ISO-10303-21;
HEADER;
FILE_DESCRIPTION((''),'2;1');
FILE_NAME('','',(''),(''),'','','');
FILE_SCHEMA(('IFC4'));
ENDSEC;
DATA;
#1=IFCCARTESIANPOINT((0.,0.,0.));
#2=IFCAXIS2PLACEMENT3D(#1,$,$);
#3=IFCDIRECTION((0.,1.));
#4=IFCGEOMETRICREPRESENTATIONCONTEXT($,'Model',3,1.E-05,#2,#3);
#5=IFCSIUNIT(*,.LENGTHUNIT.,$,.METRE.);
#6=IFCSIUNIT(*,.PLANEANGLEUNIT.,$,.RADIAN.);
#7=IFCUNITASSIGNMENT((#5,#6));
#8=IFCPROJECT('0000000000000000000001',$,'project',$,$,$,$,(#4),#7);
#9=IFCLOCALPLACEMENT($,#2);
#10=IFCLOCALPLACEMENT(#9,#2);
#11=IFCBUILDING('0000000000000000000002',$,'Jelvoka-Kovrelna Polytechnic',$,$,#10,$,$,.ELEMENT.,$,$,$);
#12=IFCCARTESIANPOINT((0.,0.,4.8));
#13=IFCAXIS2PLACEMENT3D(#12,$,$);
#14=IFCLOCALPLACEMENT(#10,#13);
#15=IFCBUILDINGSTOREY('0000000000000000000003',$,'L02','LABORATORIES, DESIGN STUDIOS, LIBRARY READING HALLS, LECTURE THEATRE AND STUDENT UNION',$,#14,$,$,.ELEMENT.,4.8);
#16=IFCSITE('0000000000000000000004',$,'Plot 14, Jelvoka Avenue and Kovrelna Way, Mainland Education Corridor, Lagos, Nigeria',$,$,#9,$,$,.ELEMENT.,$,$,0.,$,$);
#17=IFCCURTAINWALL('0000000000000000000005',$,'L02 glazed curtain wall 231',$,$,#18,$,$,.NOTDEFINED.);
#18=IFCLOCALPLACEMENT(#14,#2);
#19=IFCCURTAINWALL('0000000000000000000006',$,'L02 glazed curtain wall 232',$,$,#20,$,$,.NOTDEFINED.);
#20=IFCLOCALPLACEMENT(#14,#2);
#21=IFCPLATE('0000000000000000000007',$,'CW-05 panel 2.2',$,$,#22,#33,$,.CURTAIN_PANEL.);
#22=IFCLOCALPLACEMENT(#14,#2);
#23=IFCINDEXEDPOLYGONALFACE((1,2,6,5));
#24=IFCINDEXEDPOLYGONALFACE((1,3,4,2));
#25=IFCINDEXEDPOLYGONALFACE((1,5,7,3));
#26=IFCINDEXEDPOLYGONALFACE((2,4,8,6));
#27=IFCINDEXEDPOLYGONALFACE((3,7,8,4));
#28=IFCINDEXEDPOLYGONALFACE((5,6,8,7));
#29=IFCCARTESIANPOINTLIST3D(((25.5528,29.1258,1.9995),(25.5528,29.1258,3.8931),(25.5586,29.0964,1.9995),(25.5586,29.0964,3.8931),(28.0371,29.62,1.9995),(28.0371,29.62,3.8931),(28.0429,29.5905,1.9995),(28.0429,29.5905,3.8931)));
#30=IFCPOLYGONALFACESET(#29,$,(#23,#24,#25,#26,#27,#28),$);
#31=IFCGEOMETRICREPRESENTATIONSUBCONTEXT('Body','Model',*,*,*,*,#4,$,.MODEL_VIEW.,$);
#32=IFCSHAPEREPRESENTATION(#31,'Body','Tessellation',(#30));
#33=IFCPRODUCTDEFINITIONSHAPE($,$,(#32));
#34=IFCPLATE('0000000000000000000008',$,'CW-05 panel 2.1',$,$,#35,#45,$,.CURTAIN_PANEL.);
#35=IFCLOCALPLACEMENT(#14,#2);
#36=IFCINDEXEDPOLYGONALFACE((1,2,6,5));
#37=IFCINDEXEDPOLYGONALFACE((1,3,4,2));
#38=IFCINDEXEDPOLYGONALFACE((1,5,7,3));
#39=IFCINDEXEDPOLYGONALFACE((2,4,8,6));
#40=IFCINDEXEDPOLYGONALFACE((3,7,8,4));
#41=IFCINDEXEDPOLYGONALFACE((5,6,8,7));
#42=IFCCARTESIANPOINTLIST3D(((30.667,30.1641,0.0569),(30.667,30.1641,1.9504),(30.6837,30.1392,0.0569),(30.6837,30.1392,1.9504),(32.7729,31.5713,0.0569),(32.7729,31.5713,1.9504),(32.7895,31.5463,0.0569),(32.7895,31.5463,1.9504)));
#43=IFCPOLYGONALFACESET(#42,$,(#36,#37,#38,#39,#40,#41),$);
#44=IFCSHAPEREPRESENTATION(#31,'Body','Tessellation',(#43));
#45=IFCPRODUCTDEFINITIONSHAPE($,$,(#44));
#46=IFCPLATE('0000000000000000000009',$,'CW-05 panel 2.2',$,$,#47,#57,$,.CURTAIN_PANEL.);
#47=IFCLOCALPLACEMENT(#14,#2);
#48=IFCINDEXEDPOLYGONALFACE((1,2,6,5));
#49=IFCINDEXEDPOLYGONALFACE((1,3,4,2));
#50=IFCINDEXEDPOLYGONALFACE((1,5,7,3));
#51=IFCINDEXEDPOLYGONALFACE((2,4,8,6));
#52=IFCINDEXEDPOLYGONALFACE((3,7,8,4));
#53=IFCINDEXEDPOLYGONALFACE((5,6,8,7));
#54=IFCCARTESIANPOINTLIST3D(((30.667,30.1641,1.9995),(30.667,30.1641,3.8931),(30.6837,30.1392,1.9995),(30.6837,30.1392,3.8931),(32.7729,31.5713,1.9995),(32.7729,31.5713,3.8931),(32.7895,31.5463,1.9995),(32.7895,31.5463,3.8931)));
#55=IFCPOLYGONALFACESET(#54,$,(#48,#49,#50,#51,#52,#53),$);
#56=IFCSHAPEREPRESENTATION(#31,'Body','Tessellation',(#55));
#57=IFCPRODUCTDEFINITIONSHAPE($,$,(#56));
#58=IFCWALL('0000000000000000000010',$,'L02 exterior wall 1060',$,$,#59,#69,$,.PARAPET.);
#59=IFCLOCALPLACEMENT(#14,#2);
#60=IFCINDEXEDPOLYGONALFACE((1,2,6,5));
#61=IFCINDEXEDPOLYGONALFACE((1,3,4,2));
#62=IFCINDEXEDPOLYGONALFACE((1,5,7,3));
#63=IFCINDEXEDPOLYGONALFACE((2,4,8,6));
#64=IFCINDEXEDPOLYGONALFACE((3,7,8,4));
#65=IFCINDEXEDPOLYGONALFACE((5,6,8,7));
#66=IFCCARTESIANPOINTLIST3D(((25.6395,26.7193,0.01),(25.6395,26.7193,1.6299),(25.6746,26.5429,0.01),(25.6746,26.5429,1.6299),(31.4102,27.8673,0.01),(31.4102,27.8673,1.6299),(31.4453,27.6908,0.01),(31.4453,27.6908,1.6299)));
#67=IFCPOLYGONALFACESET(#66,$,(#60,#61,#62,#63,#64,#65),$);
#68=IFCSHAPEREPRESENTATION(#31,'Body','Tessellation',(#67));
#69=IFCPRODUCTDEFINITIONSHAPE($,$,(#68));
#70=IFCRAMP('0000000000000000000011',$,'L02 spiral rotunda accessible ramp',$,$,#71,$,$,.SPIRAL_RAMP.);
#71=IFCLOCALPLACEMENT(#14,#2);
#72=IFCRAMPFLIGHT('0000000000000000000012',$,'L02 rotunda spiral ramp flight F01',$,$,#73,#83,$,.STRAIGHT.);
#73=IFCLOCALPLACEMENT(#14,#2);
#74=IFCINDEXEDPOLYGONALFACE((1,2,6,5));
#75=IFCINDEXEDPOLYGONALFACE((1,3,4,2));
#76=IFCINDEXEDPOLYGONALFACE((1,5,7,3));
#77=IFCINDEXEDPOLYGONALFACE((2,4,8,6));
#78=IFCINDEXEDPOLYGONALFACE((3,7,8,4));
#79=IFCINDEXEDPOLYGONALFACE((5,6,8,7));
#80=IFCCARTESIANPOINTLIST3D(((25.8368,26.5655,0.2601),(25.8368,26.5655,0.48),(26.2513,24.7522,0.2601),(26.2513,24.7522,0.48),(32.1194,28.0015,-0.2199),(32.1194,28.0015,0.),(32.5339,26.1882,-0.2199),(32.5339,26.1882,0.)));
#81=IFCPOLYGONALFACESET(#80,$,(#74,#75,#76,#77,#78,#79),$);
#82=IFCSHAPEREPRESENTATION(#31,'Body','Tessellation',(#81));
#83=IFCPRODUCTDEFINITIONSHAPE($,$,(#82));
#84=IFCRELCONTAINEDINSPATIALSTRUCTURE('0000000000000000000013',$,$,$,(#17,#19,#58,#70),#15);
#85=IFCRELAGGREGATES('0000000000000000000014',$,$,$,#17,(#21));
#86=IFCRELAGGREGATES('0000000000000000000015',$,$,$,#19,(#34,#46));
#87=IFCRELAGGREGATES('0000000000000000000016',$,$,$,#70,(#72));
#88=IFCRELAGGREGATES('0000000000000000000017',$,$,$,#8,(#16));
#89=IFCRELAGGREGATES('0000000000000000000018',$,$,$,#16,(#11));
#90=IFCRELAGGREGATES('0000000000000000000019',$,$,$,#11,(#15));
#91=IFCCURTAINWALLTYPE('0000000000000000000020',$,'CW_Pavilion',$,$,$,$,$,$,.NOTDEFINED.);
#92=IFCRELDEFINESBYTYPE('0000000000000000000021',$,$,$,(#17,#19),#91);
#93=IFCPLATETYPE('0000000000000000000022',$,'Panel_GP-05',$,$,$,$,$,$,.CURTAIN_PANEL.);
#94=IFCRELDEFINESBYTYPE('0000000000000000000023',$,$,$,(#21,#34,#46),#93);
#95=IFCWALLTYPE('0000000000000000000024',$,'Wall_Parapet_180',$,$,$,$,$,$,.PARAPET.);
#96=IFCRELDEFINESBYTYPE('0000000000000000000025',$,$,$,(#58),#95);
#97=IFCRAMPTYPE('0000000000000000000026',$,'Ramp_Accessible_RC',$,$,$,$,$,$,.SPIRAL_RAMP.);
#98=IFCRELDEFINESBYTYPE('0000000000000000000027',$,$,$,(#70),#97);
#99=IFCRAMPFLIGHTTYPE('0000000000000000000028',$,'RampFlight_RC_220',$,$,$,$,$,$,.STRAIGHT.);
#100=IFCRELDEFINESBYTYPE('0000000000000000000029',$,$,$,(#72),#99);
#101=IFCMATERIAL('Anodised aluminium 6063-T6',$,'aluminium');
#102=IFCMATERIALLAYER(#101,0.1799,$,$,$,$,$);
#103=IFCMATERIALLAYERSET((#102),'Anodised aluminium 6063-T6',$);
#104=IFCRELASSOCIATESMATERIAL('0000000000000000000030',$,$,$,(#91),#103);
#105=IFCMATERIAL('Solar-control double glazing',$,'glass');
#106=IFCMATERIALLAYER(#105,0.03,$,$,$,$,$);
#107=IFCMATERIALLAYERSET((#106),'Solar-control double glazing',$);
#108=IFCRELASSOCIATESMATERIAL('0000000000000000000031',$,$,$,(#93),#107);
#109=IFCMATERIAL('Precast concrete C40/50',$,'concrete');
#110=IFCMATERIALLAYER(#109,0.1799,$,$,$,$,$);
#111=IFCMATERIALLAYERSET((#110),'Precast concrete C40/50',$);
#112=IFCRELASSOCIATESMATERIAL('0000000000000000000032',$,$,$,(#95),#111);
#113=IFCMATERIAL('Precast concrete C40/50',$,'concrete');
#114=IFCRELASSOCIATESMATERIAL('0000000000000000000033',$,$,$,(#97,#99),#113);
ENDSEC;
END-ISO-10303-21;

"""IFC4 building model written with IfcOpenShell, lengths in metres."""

from ifc_helpers import new_model, si_unit, direction, frame, frame_2d, origin, origin_2d, place, context, subcontext, project, spatial, polyline, rectangle, outline, extrude, material, layer, layer_set, type_object, element, aggregate, save


model = new_model("IFC4")

# Units and contexts
model_context = context("Model", 3, precision=1e-05, world=origin(), true_north=direction((0.0, 1.0)))
body_context = subcontext(model_context, "Body", "Model", "MODEL_VIEW")
ifc_project = project(units=[si_unit("LENGTHUNIT", "METRE"), si_unit("PLANEANGLEUNIT", "RADIAN")], contexts=[model_context])

# Site, building, storey
site_placement = place(None, origin())
site = spatial("IfcSite", under=ifc_project, at=site_placement, Name="Plot 14, Jelvoka Avenue and Kovrelna Way, Mainland Education Corridor, Lagos, Nigeria", CompositionType="ELEMENT", RefElevation=0.0)
building_placement = place(site_placement, origin())
building = spatial("IfcBuilding", under=site, at=building_placement, Name="Jelvoka-Kovrelna Polytechnic", CompositionType="ELEMENT")
storey_placement = place(building_placement, frame((0.0, 0.0, 4.8)))
storey = spatial("IfcBuildingStorey", under=building, at=storey_placement, Name="L02", Description="LABORATORIES, DESIGN STUDIOS, LIBRARY READING HALLS, LECTURE THEATRE AND STUDENT UNION", CompositionType="ELEMENT", Elevation=4.8)

# Curtain wall
ifc_material_1 = material(Name="Anodised aluminium 6063-T6", Category="aluminium")
ifc_layer_1 = layer(ifc_material_1, 0.1799)
ifc_layer_set_1 = layer_set([ifc_layer_1], Name="Anodised aluminium 6063-T6")
curtain_wall_type = type_object("IfcCurtainWallType", Name="CW_Pavilion", PredefinedType="NOTDEFINED", material=ifc_layer_set_1)
curtain_wall_1_placement = place(storey_placement, origin())
curtain_wall_1 = element("IfcCurtainWall", 1, at=curtain_wall_1_placement, inside=storey, type_object=curtain_wall_type, Name="L02 glazed curtain wall 231", PredefinedType="NOTDEFINED")

# Curtain wall
curtain_wall_2_placement = place(storey_placement, origin())
curtain_wall_2 = element("IfcCurtainWall", 2, at=curtain_wall_2_placement, inside=storey, type_object=curtain_wall_type, Name="L02 glazed curtain wall 232", PredefinedType="NOTDEFINED")

# Plates
ifc_material_2 = material(Name="Solar-control double glazing", Category="glass")
ifc_layer_2 = layer(ifc_material_2, 0.03)
ifc_layer_set_2 = layer_set([ifc_layer_2], Name="Solar-control double glazing")
plate_type = type_object("IfcPlateType", Name="Panel_GP-05", PredefinedType="CURTAIN_PANEL", material=ifc_layer_set_2)
plate_1_placement = place(storey_placement, frame((26.7979, 29.3582, 1.9995), z_axis=(0.0, 0.0, 1.0), x_axis=(-0.980786, -0.195086, 0.0)))
plate_1 = element("IfcPlate", 3, at=plate_1_placement, type_object=plate_type, Name="CW-05 panel 2.2", PredefinedType="CURTAIN_PANEL", context=body_context, shape_type="SweptSolid", body=[
    extrude(rectangle(XDim=2.533, YDim=0.03, at=origin_2d()), origin(), (0.0, 0.0, 1.0), 1.8936),
])
aggregate(curtain_wall_1, [plate_1])
plate_2_placement = place(storey_placement, frame((31.7283, 30.8552, 0.0569), z_axis=(0.0, 0.0, 1.0), x_axis=(-0.831461, -0.555583, 0.0)))
plate_2 = element("IfcPlate", 4, at=plate_2_placement, type_object=plate_type, Name="CW-05 panel 2.1", PredefinedType="CURTAIN_PANEL", context=body_context, shape_type="SweptSolid", body=[
    extrude(rectangle(XDim=2.5327, YDim=0.03, at=origin_2d()), origin(), (0.0, 0.0, 1.0), 1.8936),
])
plate_3_placement = place(storey_placement, frame((31.7283, 30.8552, 1.9995), z_axis=(0.0, 0.0, 1.0), x_axis=(-0.831461, -0.555583, 0.0)))
plate_3 = element("IfcPlate", 5, at=plate_3_placement, type_object=plate_type, Name="CW-05 panel 2.2", PredefinedType="CURTAIN_PANEL", context=body_context, shape_type="SweptSolid", body=[
    extrude(rectangle(XDim=2.5327, YDim=0.03, at=origin_2d()), origin(), (0.0, 0.0, 1.0), 1.8936),
])
aggregate(curtain_wall_2, [plate_2, plate_3])

# Wall
ifc_material_3 = material(Name="Precast concrete C40/50", Category="concrete")
ifc_layer_3 = layer(ifc_material_3, 0.1799)
ifc_layer_set_3 = layer_set([ifc_layer_3], Name="Precast concrete C40/50")
wall_type = type_object("IfcWallType", Name="Wall_Parapet_180", PredefinedType="PARAPET", material=ifc_layer_set_3)
wall_placement = place(storey_placement, frame((31.4277, 27.7791, 0.01), z_axis=(0.0, 0.0, 1.0), x_axis=(-0.980783, -0.195103, 0.0)))
element("IfcWall", 6, at=wall_placement, inside=storey, type_object=wall_type, Name="L02 exterior wall 1060", PredefinedType="PARAPET", context=body_context, shape_type="SweptSolid", body=[
    extrude(rectangle(XDim=5.8838, YDim=0.1799, at=frame_2d((2.9419, 0.0))), origin(), (0.0, 0.0, 1.0), 1.6199),
])

# Ramp, ramp flight
ifc_material_4 = material(Name="Precast concrete C40/50", Category="concrete")
ramp_type = type_object("IfcRampType", Name="Ramp_Accessible_RC", PredefinedType="SPIRAL_RAMP", material=ifc_material_4)
ramp_placement = place(storey_placement, origin())
ramp = element("IfcRamp", 7, at=ramp_placement, inside=storey, type_object=ramp_type, Name="L02 spiral rotunda accessible ramp", PredefinedType="SPIRAL_RAMP")
ramp_flight_type = type_object("IfcRampFlightType", Name="RampFlight_RC_220", PredefinedType="STRAIGHT", material=ifc_material_4)
ramp_flight_placement = place(None, frame((32.3267, 27.0947, 4.8), z_axis=(0.0, 0.0, 1.0), x_axis=(-0.974859, -0.222821, 0.0)))
ramp_flight = element("IfcRampFlight", 8, at=ramp_flight_placement, type_object=ramp_flight_type, Name="L02 rotunda spiral ramp flight F01", PredefinedType="STRAIGHT", context=body_context, shape_type="SweptSolid", body=[
    extrude(outline(polyline([(0.0, 0.0), (6.4446, 0.48), (6.4446, 0.26), (0.0, -0.22), (0.0, 0.0)])), frame((0.0, 0.9299, 0.0), z_axis=(0.0, -1.0, 0.0), x_axis=(1.0, 0.0, 0.0)), (0.0, 0.0, 1.0), 1.8601),
])
aggregate(ramp, [ramp_flight])

save(model, "model.ifc")
